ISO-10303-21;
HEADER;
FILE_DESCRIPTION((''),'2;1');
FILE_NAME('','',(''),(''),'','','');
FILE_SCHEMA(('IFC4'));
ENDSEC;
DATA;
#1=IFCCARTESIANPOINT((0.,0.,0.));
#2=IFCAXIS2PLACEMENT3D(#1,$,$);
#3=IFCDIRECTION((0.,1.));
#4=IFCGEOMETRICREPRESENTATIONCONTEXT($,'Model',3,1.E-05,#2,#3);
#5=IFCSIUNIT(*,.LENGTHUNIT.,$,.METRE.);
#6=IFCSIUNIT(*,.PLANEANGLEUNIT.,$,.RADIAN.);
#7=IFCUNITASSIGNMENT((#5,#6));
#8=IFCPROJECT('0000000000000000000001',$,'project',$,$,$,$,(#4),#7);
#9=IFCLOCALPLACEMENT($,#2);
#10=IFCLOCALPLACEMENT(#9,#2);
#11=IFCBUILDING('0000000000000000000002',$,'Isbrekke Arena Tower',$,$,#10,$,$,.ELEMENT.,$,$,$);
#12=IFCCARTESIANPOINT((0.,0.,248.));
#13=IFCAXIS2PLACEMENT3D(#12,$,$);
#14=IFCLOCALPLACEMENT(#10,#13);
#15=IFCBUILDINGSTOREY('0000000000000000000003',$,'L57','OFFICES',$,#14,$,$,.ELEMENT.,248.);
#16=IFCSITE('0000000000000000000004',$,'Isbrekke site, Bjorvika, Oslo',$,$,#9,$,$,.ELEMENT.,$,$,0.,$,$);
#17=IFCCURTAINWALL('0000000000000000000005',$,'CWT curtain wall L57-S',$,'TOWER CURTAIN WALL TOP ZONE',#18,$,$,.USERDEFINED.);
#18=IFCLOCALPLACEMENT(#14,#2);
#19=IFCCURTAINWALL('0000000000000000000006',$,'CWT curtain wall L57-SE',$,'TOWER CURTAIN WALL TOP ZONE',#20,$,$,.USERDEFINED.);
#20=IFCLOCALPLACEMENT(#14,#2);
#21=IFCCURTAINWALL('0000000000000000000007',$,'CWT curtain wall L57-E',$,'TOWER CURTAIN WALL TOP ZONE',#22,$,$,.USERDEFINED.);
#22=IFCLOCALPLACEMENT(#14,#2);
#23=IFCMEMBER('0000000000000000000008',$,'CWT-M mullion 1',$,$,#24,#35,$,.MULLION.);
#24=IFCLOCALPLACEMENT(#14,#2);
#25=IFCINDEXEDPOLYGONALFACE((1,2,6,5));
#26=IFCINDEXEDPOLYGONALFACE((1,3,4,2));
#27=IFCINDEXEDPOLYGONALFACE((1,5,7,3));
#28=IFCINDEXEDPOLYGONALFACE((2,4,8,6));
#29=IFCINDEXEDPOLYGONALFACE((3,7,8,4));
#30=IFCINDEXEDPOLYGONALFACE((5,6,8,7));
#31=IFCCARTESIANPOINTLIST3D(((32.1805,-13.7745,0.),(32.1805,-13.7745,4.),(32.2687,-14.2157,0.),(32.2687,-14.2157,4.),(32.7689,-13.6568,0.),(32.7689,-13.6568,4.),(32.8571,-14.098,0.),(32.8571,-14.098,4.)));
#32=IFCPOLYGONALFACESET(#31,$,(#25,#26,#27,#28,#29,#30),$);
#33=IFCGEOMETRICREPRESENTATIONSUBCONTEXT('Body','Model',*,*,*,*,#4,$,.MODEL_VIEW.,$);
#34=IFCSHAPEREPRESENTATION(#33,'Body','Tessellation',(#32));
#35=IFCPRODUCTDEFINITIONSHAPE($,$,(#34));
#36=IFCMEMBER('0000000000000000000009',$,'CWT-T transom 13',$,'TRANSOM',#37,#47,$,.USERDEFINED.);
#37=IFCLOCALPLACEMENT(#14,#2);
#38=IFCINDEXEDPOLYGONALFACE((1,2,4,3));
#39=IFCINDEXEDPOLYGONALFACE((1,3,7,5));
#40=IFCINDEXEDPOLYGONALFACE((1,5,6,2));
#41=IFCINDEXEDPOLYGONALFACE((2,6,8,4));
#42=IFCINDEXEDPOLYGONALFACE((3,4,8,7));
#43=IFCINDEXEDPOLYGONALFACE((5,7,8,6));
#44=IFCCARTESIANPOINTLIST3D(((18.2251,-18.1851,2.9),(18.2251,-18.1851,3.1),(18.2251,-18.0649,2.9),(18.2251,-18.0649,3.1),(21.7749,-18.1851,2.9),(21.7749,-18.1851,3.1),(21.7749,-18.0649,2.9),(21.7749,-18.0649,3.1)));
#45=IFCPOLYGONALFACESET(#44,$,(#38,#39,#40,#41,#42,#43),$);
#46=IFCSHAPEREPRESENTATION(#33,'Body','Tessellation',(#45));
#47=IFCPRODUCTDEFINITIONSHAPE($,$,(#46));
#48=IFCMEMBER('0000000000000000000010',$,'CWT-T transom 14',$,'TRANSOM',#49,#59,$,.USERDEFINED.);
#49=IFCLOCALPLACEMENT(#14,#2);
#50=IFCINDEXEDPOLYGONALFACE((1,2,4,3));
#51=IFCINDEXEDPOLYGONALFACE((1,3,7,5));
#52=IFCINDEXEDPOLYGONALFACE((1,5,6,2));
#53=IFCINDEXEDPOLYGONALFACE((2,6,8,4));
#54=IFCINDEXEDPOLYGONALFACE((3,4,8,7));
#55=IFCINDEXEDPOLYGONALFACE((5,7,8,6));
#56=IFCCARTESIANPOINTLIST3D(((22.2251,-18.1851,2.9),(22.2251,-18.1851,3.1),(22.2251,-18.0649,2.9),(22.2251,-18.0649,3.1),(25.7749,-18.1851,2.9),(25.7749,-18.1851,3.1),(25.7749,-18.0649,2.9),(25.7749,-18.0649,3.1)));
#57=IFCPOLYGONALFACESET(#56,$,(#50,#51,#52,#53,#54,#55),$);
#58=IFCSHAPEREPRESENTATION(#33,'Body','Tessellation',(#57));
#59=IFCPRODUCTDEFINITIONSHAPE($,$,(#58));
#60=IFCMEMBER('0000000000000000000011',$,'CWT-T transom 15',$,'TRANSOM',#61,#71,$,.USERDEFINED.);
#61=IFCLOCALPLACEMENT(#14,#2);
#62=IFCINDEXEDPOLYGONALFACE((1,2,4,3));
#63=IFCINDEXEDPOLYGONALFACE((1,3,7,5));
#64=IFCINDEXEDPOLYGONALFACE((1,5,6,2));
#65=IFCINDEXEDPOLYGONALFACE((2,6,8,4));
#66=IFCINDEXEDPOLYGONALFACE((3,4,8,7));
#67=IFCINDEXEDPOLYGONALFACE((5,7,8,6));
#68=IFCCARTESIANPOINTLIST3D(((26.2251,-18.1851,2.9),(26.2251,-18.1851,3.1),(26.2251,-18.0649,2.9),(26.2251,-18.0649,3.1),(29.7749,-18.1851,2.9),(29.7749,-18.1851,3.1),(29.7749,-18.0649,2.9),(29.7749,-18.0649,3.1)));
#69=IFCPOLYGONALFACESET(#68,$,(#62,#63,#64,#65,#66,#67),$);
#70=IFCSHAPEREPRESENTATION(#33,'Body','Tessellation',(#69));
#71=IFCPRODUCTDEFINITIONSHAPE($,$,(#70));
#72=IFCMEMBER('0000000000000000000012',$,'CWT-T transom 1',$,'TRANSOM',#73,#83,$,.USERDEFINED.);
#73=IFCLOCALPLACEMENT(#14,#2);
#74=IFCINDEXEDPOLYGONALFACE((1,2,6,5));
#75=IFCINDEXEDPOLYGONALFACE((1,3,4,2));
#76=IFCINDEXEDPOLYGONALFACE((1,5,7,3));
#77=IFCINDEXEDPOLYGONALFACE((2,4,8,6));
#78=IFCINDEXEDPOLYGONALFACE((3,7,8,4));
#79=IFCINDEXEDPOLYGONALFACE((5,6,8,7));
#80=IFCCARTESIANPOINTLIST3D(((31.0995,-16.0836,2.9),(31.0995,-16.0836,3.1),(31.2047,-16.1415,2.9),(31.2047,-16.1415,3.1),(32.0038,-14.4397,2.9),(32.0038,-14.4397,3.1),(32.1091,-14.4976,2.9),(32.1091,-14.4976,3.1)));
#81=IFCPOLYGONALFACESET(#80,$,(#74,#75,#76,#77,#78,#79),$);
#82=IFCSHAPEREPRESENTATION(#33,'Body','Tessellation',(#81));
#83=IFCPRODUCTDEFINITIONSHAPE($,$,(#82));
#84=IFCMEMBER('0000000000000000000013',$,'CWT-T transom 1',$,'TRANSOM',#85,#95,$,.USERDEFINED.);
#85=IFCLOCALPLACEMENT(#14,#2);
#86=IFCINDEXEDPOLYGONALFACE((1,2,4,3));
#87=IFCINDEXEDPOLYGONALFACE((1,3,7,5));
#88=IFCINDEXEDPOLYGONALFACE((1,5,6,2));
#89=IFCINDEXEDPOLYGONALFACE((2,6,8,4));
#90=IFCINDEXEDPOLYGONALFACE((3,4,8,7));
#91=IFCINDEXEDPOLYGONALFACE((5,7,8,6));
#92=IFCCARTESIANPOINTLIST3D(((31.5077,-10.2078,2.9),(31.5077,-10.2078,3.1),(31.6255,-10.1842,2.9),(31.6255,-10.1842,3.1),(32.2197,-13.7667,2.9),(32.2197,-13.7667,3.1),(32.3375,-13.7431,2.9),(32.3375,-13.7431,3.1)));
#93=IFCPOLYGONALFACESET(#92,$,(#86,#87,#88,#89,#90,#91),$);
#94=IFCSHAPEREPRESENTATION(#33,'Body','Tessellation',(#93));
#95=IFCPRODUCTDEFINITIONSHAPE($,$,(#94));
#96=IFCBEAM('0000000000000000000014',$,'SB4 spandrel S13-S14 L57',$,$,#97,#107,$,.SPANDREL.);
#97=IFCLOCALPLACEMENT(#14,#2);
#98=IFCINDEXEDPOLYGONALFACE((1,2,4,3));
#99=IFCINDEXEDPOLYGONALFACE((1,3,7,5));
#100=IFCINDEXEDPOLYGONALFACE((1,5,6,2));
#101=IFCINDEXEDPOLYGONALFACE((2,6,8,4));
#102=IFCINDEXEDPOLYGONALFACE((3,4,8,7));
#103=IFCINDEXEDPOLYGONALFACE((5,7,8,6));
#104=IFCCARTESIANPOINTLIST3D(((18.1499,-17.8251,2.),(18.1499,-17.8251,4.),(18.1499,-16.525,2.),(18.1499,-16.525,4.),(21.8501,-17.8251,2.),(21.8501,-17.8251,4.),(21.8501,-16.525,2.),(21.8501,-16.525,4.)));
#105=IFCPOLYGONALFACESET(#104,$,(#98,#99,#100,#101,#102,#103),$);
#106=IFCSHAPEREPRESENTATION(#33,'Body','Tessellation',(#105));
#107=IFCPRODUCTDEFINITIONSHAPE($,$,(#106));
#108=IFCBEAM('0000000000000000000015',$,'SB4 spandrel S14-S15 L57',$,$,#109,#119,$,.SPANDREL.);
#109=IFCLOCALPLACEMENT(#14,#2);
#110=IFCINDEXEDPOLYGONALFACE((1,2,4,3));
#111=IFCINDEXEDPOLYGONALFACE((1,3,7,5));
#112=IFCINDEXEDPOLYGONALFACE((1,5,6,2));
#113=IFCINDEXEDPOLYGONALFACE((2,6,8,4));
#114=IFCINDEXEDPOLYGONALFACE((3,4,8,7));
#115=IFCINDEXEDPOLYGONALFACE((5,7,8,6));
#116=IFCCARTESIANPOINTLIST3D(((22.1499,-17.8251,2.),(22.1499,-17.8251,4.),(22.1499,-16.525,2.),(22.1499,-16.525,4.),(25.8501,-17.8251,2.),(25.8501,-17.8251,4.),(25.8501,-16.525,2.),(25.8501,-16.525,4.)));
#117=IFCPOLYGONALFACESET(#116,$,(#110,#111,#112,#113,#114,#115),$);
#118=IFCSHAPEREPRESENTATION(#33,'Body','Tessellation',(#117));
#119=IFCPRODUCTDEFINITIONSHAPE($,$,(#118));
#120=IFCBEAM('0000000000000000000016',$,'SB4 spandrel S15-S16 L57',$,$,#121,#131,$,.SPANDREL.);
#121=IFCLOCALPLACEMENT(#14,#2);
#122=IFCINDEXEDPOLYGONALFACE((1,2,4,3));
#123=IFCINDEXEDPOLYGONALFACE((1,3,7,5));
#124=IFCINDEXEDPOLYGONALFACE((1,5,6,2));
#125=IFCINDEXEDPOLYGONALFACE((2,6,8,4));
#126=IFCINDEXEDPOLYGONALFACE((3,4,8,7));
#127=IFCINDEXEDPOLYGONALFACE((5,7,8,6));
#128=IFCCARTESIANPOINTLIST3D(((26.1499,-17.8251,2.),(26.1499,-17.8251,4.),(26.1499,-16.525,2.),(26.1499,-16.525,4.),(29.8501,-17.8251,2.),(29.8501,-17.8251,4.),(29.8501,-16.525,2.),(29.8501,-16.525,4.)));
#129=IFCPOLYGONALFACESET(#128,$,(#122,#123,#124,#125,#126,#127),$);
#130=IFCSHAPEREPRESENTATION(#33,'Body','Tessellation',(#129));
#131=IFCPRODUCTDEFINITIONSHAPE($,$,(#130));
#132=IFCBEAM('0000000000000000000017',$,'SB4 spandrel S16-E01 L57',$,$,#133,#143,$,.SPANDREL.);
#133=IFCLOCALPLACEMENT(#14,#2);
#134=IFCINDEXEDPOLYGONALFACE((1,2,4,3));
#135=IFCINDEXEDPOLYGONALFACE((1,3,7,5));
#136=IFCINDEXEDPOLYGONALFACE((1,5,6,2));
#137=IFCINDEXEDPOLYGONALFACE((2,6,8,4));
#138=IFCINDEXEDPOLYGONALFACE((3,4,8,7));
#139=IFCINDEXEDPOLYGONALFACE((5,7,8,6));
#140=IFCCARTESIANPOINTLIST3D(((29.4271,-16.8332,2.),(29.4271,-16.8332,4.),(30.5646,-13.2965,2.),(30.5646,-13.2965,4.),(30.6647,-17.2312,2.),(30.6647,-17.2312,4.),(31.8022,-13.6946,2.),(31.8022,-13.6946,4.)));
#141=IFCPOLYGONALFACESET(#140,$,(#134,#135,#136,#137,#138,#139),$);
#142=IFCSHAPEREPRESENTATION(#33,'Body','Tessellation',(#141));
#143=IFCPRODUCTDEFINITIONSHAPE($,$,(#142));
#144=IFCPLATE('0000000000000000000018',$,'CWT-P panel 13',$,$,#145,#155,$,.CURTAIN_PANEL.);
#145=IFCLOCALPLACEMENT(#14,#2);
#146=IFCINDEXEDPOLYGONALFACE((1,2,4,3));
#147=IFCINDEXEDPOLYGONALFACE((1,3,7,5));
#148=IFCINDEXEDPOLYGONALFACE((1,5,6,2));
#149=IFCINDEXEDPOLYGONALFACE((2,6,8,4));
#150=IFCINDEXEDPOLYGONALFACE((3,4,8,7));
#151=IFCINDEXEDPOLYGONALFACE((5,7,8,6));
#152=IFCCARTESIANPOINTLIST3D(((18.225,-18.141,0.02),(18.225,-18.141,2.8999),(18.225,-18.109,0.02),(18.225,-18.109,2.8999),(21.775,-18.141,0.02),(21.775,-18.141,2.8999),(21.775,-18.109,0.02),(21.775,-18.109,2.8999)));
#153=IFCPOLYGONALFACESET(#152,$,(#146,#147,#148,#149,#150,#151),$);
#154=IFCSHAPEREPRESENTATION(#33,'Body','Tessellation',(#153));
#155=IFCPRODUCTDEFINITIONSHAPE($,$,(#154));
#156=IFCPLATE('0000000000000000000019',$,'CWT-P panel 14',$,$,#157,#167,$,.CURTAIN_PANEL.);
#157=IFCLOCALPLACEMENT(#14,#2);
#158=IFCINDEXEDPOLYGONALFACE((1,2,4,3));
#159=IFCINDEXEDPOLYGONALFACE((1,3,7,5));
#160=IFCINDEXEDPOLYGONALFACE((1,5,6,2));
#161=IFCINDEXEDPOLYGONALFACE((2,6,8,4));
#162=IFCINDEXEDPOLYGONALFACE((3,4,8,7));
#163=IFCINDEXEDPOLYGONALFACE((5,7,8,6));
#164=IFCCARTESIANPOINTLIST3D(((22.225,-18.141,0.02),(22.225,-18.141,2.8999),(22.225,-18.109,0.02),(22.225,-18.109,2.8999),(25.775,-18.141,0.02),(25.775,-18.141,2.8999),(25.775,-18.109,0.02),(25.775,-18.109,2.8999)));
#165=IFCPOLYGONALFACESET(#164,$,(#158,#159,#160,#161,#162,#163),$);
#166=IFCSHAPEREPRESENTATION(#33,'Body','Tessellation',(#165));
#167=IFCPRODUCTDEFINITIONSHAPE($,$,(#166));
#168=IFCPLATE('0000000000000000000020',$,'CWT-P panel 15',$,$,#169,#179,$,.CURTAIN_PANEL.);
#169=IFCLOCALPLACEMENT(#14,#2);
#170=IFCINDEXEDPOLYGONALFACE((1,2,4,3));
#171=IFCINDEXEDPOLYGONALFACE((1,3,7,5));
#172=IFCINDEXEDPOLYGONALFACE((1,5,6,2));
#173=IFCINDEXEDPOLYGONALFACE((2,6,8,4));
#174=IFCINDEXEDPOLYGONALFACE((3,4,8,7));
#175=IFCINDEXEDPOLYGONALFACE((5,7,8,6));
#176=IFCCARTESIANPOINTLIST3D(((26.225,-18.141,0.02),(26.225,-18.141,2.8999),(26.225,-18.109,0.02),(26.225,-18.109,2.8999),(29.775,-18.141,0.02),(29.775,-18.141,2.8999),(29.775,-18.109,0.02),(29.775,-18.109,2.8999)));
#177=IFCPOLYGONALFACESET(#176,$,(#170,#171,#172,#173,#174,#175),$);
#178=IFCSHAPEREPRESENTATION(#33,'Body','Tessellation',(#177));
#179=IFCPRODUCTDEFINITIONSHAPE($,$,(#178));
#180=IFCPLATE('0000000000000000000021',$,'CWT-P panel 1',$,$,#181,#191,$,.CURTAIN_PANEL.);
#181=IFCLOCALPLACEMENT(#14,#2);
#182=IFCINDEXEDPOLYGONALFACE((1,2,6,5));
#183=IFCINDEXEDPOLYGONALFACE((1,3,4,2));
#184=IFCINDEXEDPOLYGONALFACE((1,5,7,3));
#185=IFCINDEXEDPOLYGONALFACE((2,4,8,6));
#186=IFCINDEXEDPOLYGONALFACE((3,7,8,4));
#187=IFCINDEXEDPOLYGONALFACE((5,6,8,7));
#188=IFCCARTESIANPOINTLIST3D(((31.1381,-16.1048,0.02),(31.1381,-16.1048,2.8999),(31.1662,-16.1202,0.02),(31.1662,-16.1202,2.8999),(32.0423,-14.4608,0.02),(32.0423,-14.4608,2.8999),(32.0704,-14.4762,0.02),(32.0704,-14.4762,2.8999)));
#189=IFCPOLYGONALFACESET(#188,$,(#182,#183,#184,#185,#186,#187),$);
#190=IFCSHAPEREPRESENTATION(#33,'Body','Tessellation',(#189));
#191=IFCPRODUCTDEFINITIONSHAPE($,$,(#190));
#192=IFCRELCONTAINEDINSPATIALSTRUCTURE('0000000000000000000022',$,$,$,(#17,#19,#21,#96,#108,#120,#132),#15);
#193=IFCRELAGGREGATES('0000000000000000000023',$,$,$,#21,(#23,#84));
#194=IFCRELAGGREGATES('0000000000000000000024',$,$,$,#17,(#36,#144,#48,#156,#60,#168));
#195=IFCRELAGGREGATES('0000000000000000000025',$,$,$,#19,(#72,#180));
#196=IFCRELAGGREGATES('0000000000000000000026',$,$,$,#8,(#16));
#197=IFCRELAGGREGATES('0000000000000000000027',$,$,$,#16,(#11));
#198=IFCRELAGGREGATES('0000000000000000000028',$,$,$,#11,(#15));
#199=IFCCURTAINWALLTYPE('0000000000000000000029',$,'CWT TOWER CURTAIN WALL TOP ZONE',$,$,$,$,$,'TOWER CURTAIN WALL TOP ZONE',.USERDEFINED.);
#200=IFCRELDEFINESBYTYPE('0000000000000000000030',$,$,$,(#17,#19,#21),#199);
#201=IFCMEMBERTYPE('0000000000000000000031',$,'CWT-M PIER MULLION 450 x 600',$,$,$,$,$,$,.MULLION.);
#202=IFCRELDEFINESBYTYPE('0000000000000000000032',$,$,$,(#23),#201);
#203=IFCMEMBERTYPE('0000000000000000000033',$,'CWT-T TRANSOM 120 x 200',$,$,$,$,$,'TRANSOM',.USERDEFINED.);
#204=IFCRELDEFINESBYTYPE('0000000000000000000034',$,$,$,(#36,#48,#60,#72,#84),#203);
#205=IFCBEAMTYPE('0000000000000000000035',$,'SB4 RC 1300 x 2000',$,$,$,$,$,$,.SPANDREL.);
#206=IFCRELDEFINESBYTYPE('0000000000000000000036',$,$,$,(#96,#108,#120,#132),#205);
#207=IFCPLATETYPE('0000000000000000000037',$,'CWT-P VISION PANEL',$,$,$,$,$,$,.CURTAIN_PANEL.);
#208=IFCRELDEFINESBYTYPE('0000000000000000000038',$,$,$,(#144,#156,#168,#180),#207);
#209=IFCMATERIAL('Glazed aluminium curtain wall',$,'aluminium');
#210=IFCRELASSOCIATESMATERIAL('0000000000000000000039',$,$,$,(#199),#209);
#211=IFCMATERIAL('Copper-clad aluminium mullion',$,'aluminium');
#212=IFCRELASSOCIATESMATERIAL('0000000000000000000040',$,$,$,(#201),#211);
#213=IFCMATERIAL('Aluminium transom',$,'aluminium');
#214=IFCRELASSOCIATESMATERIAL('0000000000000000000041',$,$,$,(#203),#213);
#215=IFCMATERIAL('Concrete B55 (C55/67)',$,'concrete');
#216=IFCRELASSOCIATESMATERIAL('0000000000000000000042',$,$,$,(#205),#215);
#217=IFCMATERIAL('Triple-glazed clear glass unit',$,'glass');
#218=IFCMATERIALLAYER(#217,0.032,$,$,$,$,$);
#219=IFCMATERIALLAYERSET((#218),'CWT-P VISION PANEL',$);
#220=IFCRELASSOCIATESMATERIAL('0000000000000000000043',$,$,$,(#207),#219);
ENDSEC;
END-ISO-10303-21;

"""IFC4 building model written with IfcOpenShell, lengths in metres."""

from ifc_helpers import new_model, si_unit, direction, frame, origin, origin_2d, place, context, subcontext, project, spatial, rectangle, extrude, material, layer, layer_set, material_profile, profile_set, type_object, element, aggregate, save


model = new_model("IFC4")

# Units and contexts
model_context = context("Model", 3, precision=1e-05, world=origin(), true_north=direction((0.0, 1.0)))
body_context = subcontext(model_context, "Body", "Model", "MODEL_VIEW")
ifc_project = project(units=[si_unit("LENGTHUNIT", "METRE"), si_unit("PLANEANGLEUNIT", "RADIAN")], contexts=[model_context])

# Site, building, storey
site_placement = place(None, origin())
site = spatial("IfcSite", under=ifc_project, at=site_placement, Name="Isbrekke site, Bjorvika, Oslo", CompositionType="ELEMENT", RefElevation=0.0)
building_placement = place(site_placement, origin())
building = spatial("IfcBuilding", under=site, at=building_placement, Name="Isbrekke Arena Tower", CompositionType="ELEMENT")
storey_placement = place(building_placement, frame((0.0, 0.0, 248.0)))
storey = spatial("IfcBuildingStorey", under=building, at=storey_placement, Name="L57", Description="OFFICES", CompositionType="ELEMENT", Elevation=248.0)

# Curtain walls
ifc_material_1 = material(Name="Glazed aluminium curtain wall", Category="aluminium")
curtain_wall_type = type_object("IfcCurtainWallType", Name="CWT TOWER CURTAIN WALL TOP ZONE", ElementType="TOWER CURTAIN WALL TOP ZONE", PredefinedType="USERDEFINED", material=ifc_material_1)
curtain_wall_1_placement = place(storey_placement, origin())
curtain_wall_1 = element("IfcCurtainWall", 1, at=curtain_wall_1_placement, inside=storey, type_object=curtain_wall_type, Name="CWT curtain wall L57-S", ObjectType="TOWER CURTAIN WALL TOP ZONE", PredefinedType="USERDEFINED")
ifc_material_2 = material(Name="Copper-clad aluminium mullion", Category="aluminium")
ifc_material_profile_1 = material_profile(ifc_material_2, rectangle(XDim=0.45, YDim=0.6001, at=origin_2d()), Name="PIER 450X600")
ifc_profile_set_1 = profile_set([ifc_material_profile_1], Name="Copper-clad aluminium mullion")
member_type_1 = type_object("IfcMemberType", Name="CWT-M PIER MULLION 450 x 600", PredefinedType="MULLION", material=ifc_profile_set_1)
curtain_wall_2_placement = place(storey_placement, origin())
curtain_wall_2 = element("IfcCurtainWall", 2, at=curtain_wall_2_placement, inside=storey, type_object=curtain_wall_type, Name="CWT curtain wall L57-SE", ObjectType="TOWER CURTAIN WALL TOP ZONE", PredefinedType="USERDEFINED")

# Curtain wall, member
curtain_wall_3_placement = place(storey_placement, origin())
curtain_wall_3 = element("IfcCurtainWall", 3, at=curtain_wall_3_placement, inside=storey, type_object=curtain_wall_type, Name="CWT curtain wall L57-E", ObjectType="TOWER CURTAIN WALL TOP ZONE", PredefinedType="USERDEFINED")
member_1_placement = place(storey_placement, frame((32.5188, -13.9363, 0.0), z_axis=(0.0, 0.0, 1.0), x_axis=(-0.196116, 0.980581, 0.0)))
member_1 = element("IfcMember", 4, at=member_1_placement, type_object=member_type_1, Name="CWT-M mullion 1", PredefinedType="MULLION", context=body_context, shape_type="SweptSolid", body=[
    extrude(rectangle(XDim=0.45, YDim=0.6001, at=origin_2d()), origin(), (0.0, 0.0, 1.0), 4.0),
])

# Members
ifc_material_3 = material(Name="Aluminium transom", Category="aluminium")
ifc_material_profile_2 = material_profile(ifc_material_3, rectangle(XDim=0.1201, YDim=0.2, at=origin_2d()), Name="TRANSOM 120X200")
ifc_profile_set_2 = profile_set([ifc_material_profile_2], Name="Aluminium transom")
member_type_2 = type_object("IfcMemberType", Name="CWT-T TRANSOM 120 x 200", ElementType="TRANSOM", PredefinedType="USERDEFINED", material=ifc_profile_set_2)
member_2_placement = place(storey_placement, frame((18.2251, -18.125, 3.0), z_axis=(1.0, 0.0, 0.0), x_axis=(0.0, 1.0, 0.0)))
member_2 = element("IfcMember", 5, at=member_2_placement, type_object=member_type_2, Name="CWT-T transom 13", ObjectType="TRANSOM", PredefinedType="USERDEFINED", context=body_context, shape_type="SweptSolid", body=[
    extrude(rectangle(XDim=0.1201, YDim=0.2, at=origin_2d()), origin(), (0.0, 0.0, 1.0), 3.5498),
])
member_3_placement = place(storey_placement, frame((22.2251, -18.125, 3.0), z_axis=(1.0, 0.0, 0.0), x_axis=(0.0, 1.0, 0.0)))
member_3 = element("IfcMember", 6, at=member_3_placement, type_object=member_type_2, Name="CWT-T transom 14", ObjectType="TRANSOM", PredefinedType="USERDEFINED", context=body_context, shape_type="SweptSolid", body=[
    extrude(rectangle(XDim=0.1201, YDim=0.2, at=origin_2d()), origin(), (0.0, 0.0, 1.0), 3.5498),
])
member_4_placement = place(storey_placement, frame((26.2251, -18.125, 3.0), z_axis=(1.0, 0.0, 0.0), x_axis=(0.0, 1.0, 0.0)))
member_4 = element("IfcMember", 7, at=member_4_placement, type_object=member_type_2, Name="CWT-T transom 15", ObjectType="TRANSOM", PredefinedType="USERDEFINED", context=body_context, shape_type="SweptSolid", body=[
    extrude(rectangle(XDim=0.1201, YDim=0.2, at=origin_2d()), origin(), (0.0, 0.0, 1.0), 3.5498),
])
member_5_placement = place(storey_placement, frame((31.1521, -16.1125, 3.0), z_axis=(0.482004, 0.876169, 0.0), x_axis=(-0.876169, 0.482004, 0.0)))
member_5 = element("IfcMember", 8, at=member_5_placement, type_object=member_type_2, Name="CWT-T transom 1", ObjectType="TRANSOM", PredefinedType="USERDEFINED", context=body_context, shape_type="SweptSolid", body=[
    extrude(rectangle(XDim=0.1201, YDim=0.2, at=origin_2d()), origin(), (0.0, 0.0, 1.0), 1.8762),
])
member_6_placement = place(storey_placement, frame((32.2786, -13.7549, 3.0), z_axis=(-0.196155, 0.980573, 0.0), x_axis=(-0.980573, -0.196155, 0.0)))
member_6 = element("IfcMember", 9, at=member_6_placement, type_object=member_type_2, Name="CWT-T transom 1", ObjectType="TRANSOM", PredefinedType="USERDEFINED", context=body_context, shape_type="SweptSolid", body=[
    extrude(rectangle(XDim=0.1201, YDim=0.2, at=origin_2d()), origin(), (0.0, 0.0, 1.0), 3.6294),
])
aggregate(curtain_wall_3, [member_1, member_6])

# Beams
ifc_material_4 = material(Name="Concrete B55 (C55/67)", Category="concrete")
ifc_material_profile_3 = material_profile(ifc_material_4, rectangle(XDim=1.3, YDim=2.0, at=origin_2d()), Name="RC 1300x2000")
ifc_profile_set_3 = profile_set([ifc_material_profile_3], Name="Concrete B55 (C55/67)")
beam_type_1 = type_object("IfcBeamType", Name="SB4 RC 1300 x 2000", PredefinedType="SPANDREL", material=ifc_profile_set_3)
for number, where, z_axis, x_axis, name in (
    (10, (18.1499, -17.175, 3.0), (1.0, 0.0, 0.0), (0.0, 1.0, 0.0), "SB4 spandrel S13-S14 L57"),
    (11, (22.1499, -17.175, 3.0), (1.0, 0.0, 0.0), (0.0, 1.0, 0.0), "SB4 spandrel S14-S15 L57"),
    (12, (26.1499, -17.175, 3.0), (1.0, 0.0, 0.0), (0.0, 1.0, 0.0), "SB4 spandrel S15-S16 L57"),
):
    element("IfcBeam", number, at=place(storey_placement, frame(where, z_axis=z_axis, x_axis=x_axis)), inside=storey, type_object=beam_type_1, Name=name, PredefinedType="SPANDREL", context=body_context, shape_type="SweptSolid", body=[
        extrude(rectangle(XDim=1.3, YDim=2.0, at=origin_2d()), origin(), (0.0, 0.0, 1.0), 3.7002),
    ])
beam_placement = place(storey_placement, frame((30.0459, -17.0322, 3.0), z_axis=(0.306175, 0.951975, 0.0), x_axis=(-0.951975, 0.306175, 0.0)))
element("IfcBeam", 13, at=beam_placement, inside=storey, type_object=beam_type_1, Name="SB4 spandrel S16-E01 L57", PredefinedType="SPANDREL", context=body_context, shape_type="SweptSolid", body=[
    extrude(rectangle(XDim=1.3, YDim=2.0, at=origin_2d()), origin(), (0.0, 0.0, 1.0), 3.7151),
])

# Plates
ifc_material_5 = material(Name="Triple-glazed clear glass unit", Category="glass")
ifc_layer_1 = layer(ifc_material_5, 0.032)
ifc_layer_set_1 = layer_set([ifc_layer_1], Name="CWT-P VISION PANEL")
plate_type = type_object("IfcPlateType", Name="CWT-P VISION PANEL", PredefinedType="CURTAIN_PANEL", material=ifc_layer_set_1)
plate_1_placement = place(storey_placement, frame((20.0, -18.125, 0.02), z_axis=(0.0, 0.0, 1.0), x_axis=(1.0, 0.0, 0.0)))
plate_1 = element("IfcPlate", 14, at=plate_1_placement, type_object=plate_type, Name="CWT-P panel 13", PredefinedType="CURTAIN_PANEL", context=body_context, shape_type="SweptSolid", body=[
    extrude(rectangle(XDim=3.55, YDim=0.032, at=origin_2d()), origin(), (0.0, 0.0, 1.0), 2.8799),
])
plate_2_placement = place(storey_placement, frame((24.0, -18.125, 0.02), z_axis=(0.0, 0.0, 1.0), x_axis=(1.0, 0.0, 0.0)))
plate_2 = element("IfcPlate", 15, at=plate_2_placement, type_object=plate_type, Name="CWT-P panel 14", PredefinedType="CURTAIN_PANEL", context=body_context, shape_type="SweptSolid", body=[
    extrude(rectangle(XDim=3.55, YDim=0.032, at=origin_2d()), origin(), (0.0, 0.0, 1.0), 2.8799),
])
plate_3_placement = place(storey_placement, frame((28.0, -18.125, 0.02), z_axis=(0.0, 0.0, 1.0), x_axis=(1.0, 0.0, 0.0)))
plate_3 = element("IfcPlate", 16, at=plate_3_placement, type_object=plate_type, Name="CWT-P panel 15", PredefinedType="CURTAIN_PANEL", context=body_context, shape_type="SweptSolid", body=[
    extrude(rectangle(XDim=3.55, YDim=0.032, at=origin_2d()), origin(), (0.0, 0.0, 1.0), 2.8799),
])
aggregate(curtain_wall_1, [member_2, plate_1, member_3, plate_2, member_4, plate_3])
plate_4_placement = place(storey_placement, frame((31.6042, -15.2905, 0.02), z_axis=(0.0, 0.0, 1.0), x_axis=(0.481919, 0.876216, 0.0)))
plate_4 = element("IfcPlate", 17, at=plate_4_placement, type_object=plate_type, Name="CWT-P panel 1", PredefinedType="CURTAIN_PANEL", context=body_context, shape_type="SweptSolid", body=[
    extrude(rectangle(XDim=1.8762, YDim=0.032, at=origin_2d()), origin(), (0.0, 0.0, 1.0), 2.8799),
])
aggregate(curtain_wall_2, [member_5, plate_4])

save(model, "model.ifc")
